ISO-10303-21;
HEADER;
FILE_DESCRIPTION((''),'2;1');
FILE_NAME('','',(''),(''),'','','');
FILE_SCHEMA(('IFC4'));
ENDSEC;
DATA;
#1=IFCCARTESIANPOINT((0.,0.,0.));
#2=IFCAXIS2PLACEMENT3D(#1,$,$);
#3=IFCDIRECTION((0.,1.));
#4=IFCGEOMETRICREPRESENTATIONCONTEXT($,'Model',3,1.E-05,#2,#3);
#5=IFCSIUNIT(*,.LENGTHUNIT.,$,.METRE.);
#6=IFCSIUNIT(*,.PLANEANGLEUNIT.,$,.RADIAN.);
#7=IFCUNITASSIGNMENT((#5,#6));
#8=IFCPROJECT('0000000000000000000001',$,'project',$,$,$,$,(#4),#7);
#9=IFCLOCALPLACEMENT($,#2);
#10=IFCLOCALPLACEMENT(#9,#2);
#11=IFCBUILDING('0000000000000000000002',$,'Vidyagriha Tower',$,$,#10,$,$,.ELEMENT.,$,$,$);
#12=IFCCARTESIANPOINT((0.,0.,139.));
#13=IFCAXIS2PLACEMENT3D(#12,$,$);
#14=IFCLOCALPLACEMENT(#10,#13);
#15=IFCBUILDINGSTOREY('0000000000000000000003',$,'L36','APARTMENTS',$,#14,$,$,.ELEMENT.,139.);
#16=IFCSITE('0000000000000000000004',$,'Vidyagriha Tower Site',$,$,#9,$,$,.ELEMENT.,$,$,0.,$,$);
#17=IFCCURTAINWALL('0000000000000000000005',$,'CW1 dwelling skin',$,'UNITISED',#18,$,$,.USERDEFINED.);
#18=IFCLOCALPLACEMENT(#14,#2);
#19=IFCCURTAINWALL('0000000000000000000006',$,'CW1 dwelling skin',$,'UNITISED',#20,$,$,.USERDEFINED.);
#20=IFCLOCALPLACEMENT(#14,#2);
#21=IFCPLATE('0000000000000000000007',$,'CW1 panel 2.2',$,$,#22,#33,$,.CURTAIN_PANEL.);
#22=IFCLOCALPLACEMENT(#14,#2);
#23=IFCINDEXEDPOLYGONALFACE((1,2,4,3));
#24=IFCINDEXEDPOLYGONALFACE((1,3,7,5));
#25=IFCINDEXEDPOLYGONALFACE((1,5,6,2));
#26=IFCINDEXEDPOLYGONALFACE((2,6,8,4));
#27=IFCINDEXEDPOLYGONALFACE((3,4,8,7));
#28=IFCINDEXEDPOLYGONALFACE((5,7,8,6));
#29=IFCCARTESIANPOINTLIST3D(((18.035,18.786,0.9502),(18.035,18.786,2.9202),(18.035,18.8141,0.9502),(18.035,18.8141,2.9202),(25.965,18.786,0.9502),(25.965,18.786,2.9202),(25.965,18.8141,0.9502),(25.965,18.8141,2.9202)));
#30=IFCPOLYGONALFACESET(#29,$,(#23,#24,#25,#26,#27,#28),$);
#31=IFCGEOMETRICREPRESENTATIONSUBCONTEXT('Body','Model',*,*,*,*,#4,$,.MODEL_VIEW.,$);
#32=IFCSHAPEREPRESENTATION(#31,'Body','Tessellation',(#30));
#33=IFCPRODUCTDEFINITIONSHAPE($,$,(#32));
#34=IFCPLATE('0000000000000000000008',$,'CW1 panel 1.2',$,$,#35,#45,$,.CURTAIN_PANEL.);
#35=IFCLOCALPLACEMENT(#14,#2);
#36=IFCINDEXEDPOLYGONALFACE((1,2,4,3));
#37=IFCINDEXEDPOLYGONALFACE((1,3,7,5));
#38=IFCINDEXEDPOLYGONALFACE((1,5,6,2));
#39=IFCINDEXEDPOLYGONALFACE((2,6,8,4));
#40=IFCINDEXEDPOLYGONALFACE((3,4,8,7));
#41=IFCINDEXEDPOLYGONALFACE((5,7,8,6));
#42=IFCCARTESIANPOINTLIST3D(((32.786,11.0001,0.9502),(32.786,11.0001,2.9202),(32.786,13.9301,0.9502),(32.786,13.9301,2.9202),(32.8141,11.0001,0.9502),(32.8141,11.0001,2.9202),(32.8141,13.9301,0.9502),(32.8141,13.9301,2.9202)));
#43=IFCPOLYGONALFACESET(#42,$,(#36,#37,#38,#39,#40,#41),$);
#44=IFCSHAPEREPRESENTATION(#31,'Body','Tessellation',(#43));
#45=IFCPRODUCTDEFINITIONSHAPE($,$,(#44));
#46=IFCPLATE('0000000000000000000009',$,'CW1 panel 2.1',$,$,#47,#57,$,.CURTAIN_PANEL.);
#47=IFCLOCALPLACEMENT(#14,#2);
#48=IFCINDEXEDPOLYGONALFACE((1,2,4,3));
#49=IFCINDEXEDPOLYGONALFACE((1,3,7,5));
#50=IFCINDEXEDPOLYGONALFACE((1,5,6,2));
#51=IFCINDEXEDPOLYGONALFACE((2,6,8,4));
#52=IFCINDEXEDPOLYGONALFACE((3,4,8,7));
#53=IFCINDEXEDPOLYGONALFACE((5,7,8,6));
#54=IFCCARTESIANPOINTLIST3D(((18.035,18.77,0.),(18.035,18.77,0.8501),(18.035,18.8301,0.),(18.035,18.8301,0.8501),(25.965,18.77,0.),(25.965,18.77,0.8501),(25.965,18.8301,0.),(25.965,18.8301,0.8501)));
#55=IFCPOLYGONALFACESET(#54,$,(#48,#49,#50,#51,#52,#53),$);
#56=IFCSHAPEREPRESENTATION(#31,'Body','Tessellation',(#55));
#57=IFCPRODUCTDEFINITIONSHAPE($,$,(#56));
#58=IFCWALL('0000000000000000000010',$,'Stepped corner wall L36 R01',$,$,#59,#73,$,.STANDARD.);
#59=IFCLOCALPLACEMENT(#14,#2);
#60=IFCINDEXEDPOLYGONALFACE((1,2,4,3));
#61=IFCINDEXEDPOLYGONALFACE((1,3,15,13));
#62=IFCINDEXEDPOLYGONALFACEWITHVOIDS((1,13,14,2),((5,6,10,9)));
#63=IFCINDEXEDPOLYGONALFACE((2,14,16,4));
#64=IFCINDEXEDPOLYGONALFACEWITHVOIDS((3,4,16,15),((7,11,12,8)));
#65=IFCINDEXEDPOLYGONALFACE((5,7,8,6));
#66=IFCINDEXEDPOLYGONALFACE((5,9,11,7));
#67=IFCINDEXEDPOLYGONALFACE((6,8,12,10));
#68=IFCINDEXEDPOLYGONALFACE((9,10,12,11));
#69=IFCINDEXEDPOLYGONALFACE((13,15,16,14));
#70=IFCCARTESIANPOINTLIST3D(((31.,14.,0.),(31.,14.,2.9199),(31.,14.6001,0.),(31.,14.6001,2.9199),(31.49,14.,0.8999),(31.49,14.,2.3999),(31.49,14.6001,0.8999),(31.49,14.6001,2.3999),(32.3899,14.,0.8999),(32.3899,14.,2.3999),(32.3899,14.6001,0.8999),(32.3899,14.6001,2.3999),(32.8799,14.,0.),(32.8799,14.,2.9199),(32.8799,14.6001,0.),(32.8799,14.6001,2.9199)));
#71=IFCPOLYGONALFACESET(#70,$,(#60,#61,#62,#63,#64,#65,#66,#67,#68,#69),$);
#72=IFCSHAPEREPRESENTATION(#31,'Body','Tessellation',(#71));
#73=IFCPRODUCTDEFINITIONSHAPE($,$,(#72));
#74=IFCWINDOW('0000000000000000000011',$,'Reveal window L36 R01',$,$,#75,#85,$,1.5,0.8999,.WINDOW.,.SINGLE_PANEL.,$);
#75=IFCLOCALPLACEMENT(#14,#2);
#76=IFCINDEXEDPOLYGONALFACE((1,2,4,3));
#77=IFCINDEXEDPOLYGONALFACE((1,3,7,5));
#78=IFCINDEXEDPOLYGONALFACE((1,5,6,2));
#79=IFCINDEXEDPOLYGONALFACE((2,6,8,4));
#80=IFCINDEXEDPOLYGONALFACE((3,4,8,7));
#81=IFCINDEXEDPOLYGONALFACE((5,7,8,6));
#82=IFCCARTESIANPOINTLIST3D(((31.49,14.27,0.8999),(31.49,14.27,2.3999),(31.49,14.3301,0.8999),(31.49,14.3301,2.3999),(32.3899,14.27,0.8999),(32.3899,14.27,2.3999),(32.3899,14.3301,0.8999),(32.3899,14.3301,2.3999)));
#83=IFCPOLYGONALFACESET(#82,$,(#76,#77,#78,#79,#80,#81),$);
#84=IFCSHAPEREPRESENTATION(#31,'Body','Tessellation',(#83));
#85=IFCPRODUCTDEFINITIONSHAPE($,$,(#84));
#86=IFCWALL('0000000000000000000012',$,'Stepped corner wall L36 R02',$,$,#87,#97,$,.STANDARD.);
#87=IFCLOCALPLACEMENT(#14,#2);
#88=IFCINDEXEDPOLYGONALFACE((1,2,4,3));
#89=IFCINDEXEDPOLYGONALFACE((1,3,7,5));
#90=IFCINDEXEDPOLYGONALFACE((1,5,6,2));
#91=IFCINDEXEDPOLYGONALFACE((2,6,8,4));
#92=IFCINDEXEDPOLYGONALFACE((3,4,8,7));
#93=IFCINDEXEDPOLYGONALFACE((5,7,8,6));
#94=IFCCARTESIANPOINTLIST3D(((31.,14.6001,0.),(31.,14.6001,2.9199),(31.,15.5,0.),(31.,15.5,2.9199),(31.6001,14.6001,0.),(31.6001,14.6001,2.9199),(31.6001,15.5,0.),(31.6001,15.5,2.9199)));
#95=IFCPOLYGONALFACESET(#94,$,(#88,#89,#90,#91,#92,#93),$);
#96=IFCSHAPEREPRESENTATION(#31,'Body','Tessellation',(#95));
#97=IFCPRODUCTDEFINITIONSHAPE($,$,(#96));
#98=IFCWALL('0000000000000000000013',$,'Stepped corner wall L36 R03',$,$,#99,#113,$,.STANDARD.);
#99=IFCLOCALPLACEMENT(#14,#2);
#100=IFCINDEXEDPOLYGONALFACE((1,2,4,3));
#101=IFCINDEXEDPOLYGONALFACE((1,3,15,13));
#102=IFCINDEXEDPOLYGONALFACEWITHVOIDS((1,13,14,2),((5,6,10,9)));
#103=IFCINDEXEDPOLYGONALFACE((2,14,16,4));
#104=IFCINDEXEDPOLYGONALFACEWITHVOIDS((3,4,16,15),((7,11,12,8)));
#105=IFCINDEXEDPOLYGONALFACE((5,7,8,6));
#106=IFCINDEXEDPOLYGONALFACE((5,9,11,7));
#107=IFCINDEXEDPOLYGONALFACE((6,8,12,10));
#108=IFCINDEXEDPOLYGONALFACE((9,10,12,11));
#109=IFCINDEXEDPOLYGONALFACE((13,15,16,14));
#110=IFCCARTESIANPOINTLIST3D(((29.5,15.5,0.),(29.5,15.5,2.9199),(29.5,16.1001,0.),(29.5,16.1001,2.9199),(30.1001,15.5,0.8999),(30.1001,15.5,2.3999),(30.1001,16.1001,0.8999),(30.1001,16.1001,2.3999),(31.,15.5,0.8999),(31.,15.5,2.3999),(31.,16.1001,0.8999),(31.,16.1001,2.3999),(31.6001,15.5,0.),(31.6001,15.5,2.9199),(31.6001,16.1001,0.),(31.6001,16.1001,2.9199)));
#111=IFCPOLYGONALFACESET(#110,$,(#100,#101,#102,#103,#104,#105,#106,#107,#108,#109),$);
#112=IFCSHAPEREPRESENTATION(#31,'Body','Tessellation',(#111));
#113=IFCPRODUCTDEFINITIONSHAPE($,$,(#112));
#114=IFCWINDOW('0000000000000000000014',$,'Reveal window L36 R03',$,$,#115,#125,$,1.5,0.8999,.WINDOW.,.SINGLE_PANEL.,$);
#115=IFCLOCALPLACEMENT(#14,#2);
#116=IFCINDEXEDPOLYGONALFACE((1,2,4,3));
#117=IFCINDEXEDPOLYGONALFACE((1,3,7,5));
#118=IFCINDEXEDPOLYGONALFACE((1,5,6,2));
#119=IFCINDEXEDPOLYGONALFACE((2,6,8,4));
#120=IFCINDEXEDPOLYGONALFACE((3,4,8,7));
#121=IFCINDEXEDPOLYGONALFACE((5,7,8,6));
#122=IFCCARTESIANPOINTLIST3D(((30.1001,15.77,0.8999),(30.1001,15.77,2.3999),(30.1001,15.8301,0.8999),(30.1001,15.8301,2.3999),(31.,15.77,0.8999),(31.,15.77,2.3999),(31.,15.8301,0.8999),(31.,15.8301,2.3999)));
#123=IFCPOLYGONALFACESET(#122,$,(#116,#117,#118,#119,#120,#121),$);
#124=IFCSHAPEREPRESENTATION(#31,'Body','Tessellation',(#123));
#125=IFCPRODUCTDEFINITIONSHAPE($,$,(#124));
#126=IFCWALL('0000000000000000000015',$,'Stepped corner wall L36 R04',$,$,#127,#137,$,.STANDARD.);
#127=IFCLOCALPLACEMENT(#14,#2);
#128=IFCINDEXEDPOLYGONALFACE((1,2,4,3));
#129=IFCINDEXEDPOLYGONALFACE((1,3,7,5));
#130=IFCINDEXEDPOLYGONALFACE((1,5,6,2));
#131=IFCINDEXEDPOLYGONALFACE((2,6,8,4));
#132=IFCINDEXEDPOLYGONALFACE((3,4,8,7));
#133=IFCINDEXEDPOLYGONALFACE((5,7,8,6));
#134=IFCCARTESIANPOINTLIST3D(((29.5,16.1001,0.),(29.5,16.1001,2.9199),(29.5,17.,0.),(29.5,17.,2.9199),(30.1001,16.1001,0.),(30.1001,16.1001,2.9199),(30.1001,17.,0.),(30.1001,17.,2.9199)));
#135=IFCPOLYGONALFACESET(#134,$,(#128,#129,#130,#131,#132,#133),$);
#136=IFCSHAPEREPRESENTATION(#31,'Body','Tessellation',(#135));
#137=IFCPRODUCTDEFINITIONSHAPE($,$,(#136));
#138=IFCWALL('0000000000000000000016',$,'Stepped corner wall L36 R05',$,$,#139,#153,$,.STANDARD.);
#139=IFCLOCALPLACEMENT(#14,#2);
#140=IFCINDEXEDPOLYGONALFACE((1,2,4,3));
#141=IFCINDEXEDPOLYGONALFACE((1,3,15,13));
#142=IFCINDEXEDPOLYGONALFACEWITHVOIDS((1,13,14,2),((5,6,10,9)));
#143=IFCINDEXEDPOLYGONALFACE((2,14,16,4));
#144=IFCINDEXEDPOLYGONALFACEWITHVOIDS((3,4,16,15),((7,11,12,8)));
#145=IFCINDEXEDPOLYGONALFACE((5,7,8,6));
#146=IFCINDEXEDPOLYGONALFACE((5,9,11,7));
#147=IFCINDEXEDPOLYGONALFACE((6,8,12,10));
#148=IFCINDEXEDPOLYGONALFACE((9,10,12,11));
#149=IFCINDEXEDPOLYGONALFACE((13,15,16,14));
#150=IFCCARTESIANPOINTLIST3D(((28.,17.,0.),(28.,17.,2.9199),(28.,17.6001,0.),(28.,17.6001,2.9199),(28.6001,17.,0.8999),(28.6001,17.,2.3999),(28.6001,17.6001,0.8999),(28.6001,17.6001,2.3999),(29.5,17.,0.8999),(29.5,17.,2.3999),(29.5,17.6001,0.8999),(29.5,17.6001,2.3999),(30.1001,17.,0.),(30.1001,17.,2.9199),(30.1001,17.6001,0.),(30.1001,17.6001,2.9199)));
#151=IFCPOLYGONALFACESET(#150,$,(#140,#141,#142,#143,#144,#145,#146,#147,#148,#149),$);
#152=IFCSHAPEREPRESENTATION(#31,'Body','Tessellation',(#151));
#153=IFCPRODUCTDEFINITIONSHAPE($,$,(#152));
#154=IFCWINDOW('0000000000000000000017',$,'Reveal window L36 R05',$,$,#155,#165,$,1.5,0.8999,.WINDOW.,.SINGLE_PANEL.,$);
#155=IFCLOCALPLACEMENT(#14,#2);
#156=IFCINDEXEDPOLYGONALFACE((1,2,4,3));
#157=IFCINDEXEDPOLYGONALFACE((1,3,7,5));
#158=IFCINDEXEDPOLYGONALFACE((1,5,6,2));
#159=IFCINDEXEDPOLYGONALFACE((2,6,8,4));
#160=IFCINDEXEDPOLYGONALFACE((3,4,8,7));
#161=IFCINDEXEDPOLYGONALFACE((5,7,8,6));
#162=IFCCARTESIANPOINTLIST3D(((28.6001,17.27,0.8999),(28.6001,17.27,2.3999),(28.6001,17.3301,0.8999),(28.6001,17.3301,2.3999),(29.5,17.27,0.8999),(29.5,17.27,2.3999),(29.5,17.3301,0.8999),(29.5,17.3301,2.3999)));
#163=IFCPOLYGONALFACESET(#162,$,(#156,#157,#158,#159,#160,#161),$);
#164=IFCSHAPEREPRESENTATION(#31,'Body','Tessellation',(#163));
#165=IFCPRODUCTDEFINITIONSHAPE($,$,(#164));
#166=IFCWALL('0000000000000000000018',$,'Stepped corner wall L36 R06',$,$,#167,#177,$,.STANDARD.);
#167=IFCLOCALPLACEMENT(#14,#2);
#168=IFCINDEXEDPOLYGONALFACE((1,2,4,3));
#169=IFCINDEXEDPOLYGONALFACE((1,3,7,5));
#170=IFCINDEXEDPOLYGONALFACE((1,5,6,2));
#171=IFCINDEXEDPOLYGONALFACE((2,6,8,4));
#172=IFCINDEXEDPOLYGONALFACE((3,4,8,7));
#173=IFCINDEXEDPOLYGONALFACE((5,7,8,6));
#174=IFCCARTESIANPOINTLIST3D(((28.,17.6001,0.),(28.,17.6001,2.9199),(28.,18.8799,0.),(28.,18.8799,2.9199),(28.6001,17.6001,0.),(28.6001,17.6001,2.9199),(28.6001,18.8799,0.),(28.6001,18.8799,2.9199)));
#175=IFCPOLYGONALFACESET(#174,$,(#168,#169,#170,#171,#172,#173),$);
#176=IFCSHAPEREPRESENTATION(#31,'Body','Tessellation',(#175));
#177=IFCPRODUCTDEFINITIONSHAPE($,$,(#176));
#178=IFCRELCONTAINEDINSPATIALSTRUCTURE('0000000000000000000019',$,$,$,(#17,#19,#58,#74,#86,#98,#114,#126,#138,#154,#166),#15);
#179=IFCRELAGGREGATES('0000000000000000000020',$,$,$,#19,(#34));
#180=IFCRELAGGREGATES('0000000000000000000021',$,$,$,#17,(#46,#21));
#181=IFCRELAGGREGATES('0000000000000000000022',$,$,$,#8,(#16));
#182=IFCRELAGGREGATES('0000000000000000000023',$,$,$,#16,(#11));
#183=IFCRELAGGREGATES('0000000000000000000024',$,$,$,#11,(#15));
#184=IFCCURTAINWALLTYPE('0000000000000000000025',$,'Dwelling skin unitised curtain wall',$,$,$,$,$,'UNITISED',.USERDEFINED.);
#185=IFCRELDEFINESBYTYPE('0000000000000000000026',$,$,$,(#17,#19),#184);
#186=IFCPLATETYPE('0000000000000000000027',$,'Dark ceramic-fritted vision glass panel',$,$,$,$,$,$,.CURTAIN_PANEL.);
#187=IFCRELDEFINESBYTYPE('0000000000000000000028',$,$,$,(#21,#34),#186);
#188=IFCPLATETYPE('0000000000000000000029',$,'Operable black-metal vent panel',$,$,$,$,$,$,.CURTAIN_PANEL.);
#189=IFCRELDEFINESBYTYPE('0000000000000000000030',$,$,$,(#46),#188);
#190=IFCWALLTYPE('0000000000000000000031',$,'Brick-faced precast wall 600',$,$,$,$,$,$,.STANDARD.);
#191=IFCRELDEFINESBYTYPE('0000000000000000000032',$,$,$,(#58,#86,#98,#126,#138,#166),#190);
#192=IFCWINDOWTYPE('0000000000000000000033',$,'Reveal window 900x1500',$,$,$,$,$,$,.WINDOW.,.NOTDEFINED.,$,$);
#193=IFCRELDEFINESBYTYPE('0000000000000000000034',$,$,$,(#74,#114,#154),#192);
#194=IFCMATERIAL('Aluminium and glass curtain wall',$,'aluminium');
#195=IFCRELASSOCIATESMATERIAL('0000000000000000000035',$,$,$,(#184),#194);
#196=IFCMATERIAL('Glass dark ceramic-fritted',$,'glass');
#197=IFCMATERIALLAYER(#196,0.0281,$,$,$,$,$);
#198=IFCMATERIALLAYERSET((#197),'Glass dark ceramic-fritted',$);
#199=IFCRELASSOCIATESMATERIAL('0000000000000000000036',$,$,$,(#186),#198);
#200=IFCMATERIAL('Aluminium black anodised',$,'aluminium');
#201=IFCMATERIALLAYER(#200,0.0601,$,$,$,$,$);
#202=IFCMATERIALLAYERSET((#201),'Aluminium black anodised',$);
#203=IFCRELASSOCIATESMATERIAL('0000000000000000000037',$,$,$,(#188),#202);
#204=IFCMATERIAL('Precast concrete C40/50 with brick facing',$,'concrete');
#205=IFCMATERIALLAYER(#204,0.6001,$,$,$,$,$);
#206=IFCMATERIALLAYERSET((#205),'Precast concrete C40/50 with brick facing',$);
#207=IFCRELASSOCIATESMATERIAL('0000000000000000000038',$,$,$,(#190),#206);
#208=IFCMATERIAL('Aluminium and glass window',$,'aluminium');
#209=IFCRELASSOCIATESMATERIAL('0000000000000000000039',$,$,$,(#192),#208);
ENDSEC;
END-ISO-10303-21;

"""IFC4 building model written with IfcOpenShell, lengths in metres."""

from ifc_helpers import new_model, si_unit, direction, frame, frame_2d, origin, origin_2d, place, context, subcontext, project, spatial, rectangle, extrude, material, layer, layer_set, type_object, element, fill, aggregate, save


model = new_model("IFC4")

# Units and contexts
model_context = context("Model", 3, precision=1e-05, world=origin(), true_north=direction((0.0, 1.0)))
body_context = subcontext(model_context, "Body", "Model", "MODEL_VIEW")
ifc_project = project(units=[si_unit("LENGTHUNIT", "METRE"), si_unit("PLANEANGLEUNIT", "RADIAN")], contexts=[model_context])

# Site, building, storey
site_placement = place(None, origin())
site = spatial("IfcSite", under=ifc_project, at=site_placement, Name="Vidyagriha Tower Site", CompositionType="ELEMENT", RefElevation=0.0)
building_placement = place(site_placement, origin())
building = spatial("IfcBuilding", under=site, at=building_placement, Name="Vidyagriha Tower", CompositionType="ELEMENT")
storey_placement = place(building_placement, frame((0.0, 0.0, 139.0)))
storey = spatial("IfcBuildingStorey", under=building, at=storey_placement, Name="L36", Description="APARTMENTS", CompositionType="ELEMENT", Elevation=139.0)

# Curtain wall
ifc_material_1 = material(Name="Aluminium and glass curtain wall", Category="aluminium")
curtain_wall_type = type_object("IfcCurtainWallType", Name="Dwelling skin unitised curtain wall", ElementType="UNITISED", PredefinedType="USERDEFINED", material=ifc_material_1)
curtain_wall_1_placement = place(storey_placement, origin())
curtain_wall_1 = element("IfcCurtainWall", 1, at=curtain_wall_1_placement, inside=storey, type_object=curtain_wall_type, Name="CW1 dwelling skin", ObjectType="UNITISED", PredefinedType="USERDEFINED")

# Curtain wall
curtain_wall_2_placement = place(storey_placement, origin())
curtain_wall_2 = element("IfcCurtainWall", 2, at=curtain_wall_2_placement, inside=storey, type_object=curtain_wall_type, Name="CW1 dwelling skin", ObjectType="UNITISED", PredefinedType="USERDEFINED")

# Plates
ifc_material_2 = material(Name="Glass dark ceramic-fritted", Category="glass")
ifc_layer_1 = layer(ifc_material_2, 0.0281)
ifc_layer_set_1 = layer_set([ifc_layer_1], Name="Glass dark ceramic-fritted")
plate_type_1 = type_object("IfcPlateType", Name="Dark ceramic-fritted vision glass panel", PredefinedType="CURTAIN_PANEL", material=ifc_layer_set_1)
plate_1_placement = place(storey_placement, frame((22.0, 18.8, 0.9502), z_axis=(0.0, 0.0, 1.0), x_axis=(-1.0, 0.0, 0.0)))
plate_1 = element("IfcPlate", 3, at=plate_1_placement, type_object=plate_type_1, Name="CW1 panel 2.2", PredefinedType="CURTAIN_PANEL", context=body_context, shape_type="SweptSolid", body=[
    extrude(rectangle(XDim=7.9299, YDim=0.0281, at=origin_2d()), origin(), (0.0, 0.0, 1.0), 1.97),
])
plate_2_placement = place(storey_placement, frame((32.8, 12.4651, 0.9502), z_axis=(0.0, 0.0, 1.0), x_axis=(0.0, 1.0, 0.0)))
plate_2 = element("IfcPlate", 4, at=plate_2_placement, type_object=plate_type_1, Name="CW1 panel 1.2", PredefinedType="CURTAIN_PANEL", context=body_context, shape_type="SweptSolid", body=[
    extrude(rectangle(XDim=2.9299, YDim=0.0281, at=origin_2d()), origin(), (0.0, 0.0, 1.0), 1.97),
])
aggregate(curtain_wall_2, [plate_2])
ifc_material_3 = material(Name="Aluminium black anodised", Category="aluminium")
ifc_layer_2 = layer(ifc_material_3, 0.0601)
ifc_layer_set_2 = layer_set([ifc_layer_2], Name="Aluminium black anodised")
plate_type_2 = type_object("IfcPlateType", Name="Operable black-metal vent panel", PredefinedType="CURTAIN_PANEL", material=ifc_layer_set_2)
plate_3_placement = place(storey_placement, frame((22.0, 18.8, 0.0), z_axis=(0.0, 0.0, 1.0), x_axis=(-1.0, 0.0, 0.0)))
plate_3 = element("IfcPlate", 5, at=plate_3_placement, type_object=plate_type_2, Name="CW1 panel 2.1", PredefinedType="CURTAIN_PANEL", context=body_context, shape_type="SweptSolid", body=[
    extrude(rectangle(XDim=7.9299, YDim=0.0601, at=origin_2d()), origin(), (0.0, 0.0, 1.0), 0.8501),
])
aggregate(curtain_wall_1, [plate_3, plate_1])

# Wall, opening, window
ifc_material_4 = material(Name="Precast concrete C40/50 with brick facing", Category="concrete")
ifc_layer_3 = layer(ifc_material_4, 0.6001)
ifc_layer_set_3 = layer_set([ifc_layer_3], Name="Precast concrete C40/50 with brick facing")
wall_type_1 = type_object("IfcWallType", Name="Brick-faced precast wall 600", PredefinedType="STANDARD", material=ifc_layer_set_3)
wall_1_placement = place(storey_placement, frame((32.8799, 14.3, 0.0), z_axis=(0.0, 0.0, 1.0), x_axis=(-1.0, 0.0, 0.0)))
wall_1 = element("IfcWall", 6, at=wall_1_placement, inside=storey, type_object=wall_type_1, Name="Stepped corner wall L36 R01", PredefinedType="STANDARD", context=body_context, shape_type="SweptSolid", body=[
    extrude(rectangle(XDim=1.8799, YDim=0.6001, at=frame_2d((0.9399, 0.0))), origin(), (0.0, 0.0, 1.0), 2.9199),
])
opening_1_placement = place(wall_1_placement, frame((0.49, 0.0, 0.8999)))
opening_1 = element("IfcOpeningElement", 7, at=opening_1_placement, cuts=wall_1, PredefinedType="OPENING", context=body_context, shape_type="SweptSolid", body=[
    extrude(rectangle(XDim=0.8999, YDim=1.5, at=frame_2d((0.45, 0.75))), frame((0.0, 0.3101, 0.0), z_axis=(0.0, -1.0, 0.0), x_axis=(1.0, 0.0, 0.0)), (0.0, 0.0, 1.0), 0.6201),
])
ifc_material_5 = material(Name="Aluminium and glass window", Category="aluminium")
window_type = type_object("IfcWindowType", Name="Reveal window 900x1500", PartitioningType="NOTDEFINED", PredefinedType="WINDOW", material=ifc_material_5)
window_1_placement = place(opening_1_placement, origin())
window_1 = element("IfcWindow", 8, at=window_1_placement, inside=storey, type_object=window_type, Name="Reveal window L36 R01", OverallHeight=1.5, OverallWidth=0.8999, PartitioningType="SINGLE_PANEL", PredefinedType="WINDOW", context=body_context, shape_type="SweptSolid", body=[
    extrude(rectangle(XDim=0.8999, YDim=1.5, at=frame_2d((0.45, 0.75))), frame((0.0, 0.03, 0.0), z_axis=(0.0, -1.0, 0.0), x_axis=(1.0, 0.0, 0.0)), (0.0, 0.0, 1.0), 0.0601),
])
fill(opening_1, window_1)

# Wall
wall_2_placement = place(storey_placement, frame((31.3, 14.6001, 0.0), z_axis=(0.0, 0.0, 1.0), x_axis=(0.0, 1.0, 0.0)))
element("IfcWall", 9, at=wall_2_placement, inside=storey, type_object=wall_type_1, Name="Stepped corner wall L36 R02", PredefinedType="STANDARD", context=body_context, shape_type="SweptSolid", body=[
    extrude(rectangle(XDim=0.8999, YDim=0.6001, at=frame_2d((0.45, 0.0))), origin(), (0.0, 0.0, 1.0), 2.9199),
])

# Wall, opening, window
wall_3_placement = place(storey_placement, frame((31.6001, 15.8, 0.0), z_axis=(0.0, 0.0, 1.0), x_axis=(-1.0, 0.0, 0.0)))
wall_3 = element("IfcWall", 10, at=wall_3_placement, inside=storey, type_object=wall_type_1, Name="Stepped corner wall L36 R03", PredefinedType="STANDARD", context=body_context, shape_type="SweptSolid", body=[
    extrude(rectangle(XDim=2.1001, YDim=0.6001, at=frame_2d((1.05, 0.0))), origin(), (0.0, 0.0, 1.0), 2.9199),
])
opening_2_placement = place(wall_3_placement, frame((0.6001, 0.0, 0.8999)))
opening_2 = element("IfcOpeningElement", 11, at=opening_2_placement, cuts=wall_3, PredefinedType="OPENING", context=body_context, shape_type="SweptSolid", body=[
    extrude(rectangle(XDim=0.8999, YDim=1.5, at=frame_2d((0.45, 0.75))), frame((0.0, 0.3101, 0.0), z_axis=(0.0, -1.0, 0.0), x_axis=(1.0, 0.0, 0.0)), (0.0, 0.0, 1.0), 0.6201),
])
window_2_placement = place(opening_2_placement, origin())
window_2 = element("IfcWindow", 12, at=window_2_placement, inside=storey, type_object=window_type, Name="Reveal window L36 R03", OverallHeight=1.5, OverallWidth=0.8999, PartitioningType="SINGLE_PANEL", PredefinedType="WINDOW", context=body_context, shape_type="SweptSolid", body=[
    extrude(rectangle(XDim=0.8999, YDim=1.5, at=frame_2d((0.45, 0.75))), frame((0.0, 0.03, 0.0), z_axis=(0.0, -1.0, 0.0), x_axis=(1.0, 0.0, 0.0)), (0.0, 0.0, 1.0), 0.0601),
])
fill(opening_2, window_2)

# Wall
wall_4_placement = place(storey_placement, frame((29.8, 16.1001, 0.0), z_axis=(0.0, 0.0, 1.0), x_axis=(0.0, 1.0, 0.0)))
element("IfcWall", 13, at=wall_4_placement, inside=storey, type_object=wall_type_1, Name="Stepped corner wall L36 R04", PredefinedType="STANDARD", context=body_context, shape_type="SweptSolid", body=[
    extrude(rectangle(XDim=0.8999, YDim=0.6001, at=frame_2d((0.45, 0.0))), origin(), (0.0, 0.0, 1.0), 2.9199),
])

# Wall, opening, window
wall_5_placement = place(storey_placement, frame((30.1001, 17.3, 0.0), z_axis=(0.0, 0.0, 1.0), x_axis=(-1.0, 0.0, 0.0)))
wall_5 = element("IfcWall", 14, at=wall_5_placement, inside=storey, type_object=wall_type_1, Name="Stepped corner wall L36 R05", PredefinedType="STANDARD", context=body_context, shape_type="SweptSolid", body=[
    extrude(rectangle(XDim=2.1001, YDim=0.6001, at=frame_2d((1.05, 0.0))), origin(), (0.0, 0.0, 1.0), 2.9199),
])
opening_3_placement = place(wall_5_placement, frame((0.6001, 0.0, 0.8999)))
opening_3 = element("IfcOpeningElement", 15, at=opening_3_placement, cuts=wall_5, PredefinedType="OPENING", context=body_context, shape_type="SweptSolid", body=[
    extrude(rectangle(XDim=0.8999, YDim=1.5, at=frame_2d((0.45, 0.75))), frame((0.0, 0.3101, 0.0), z_axis=(0.0, -1.0, 0.0), x_axis=(1.0, 0.0, 0.0)), (0.0, 0.0, 1.0), 0.6201),
])
window_3_placement = place(opening_3_placement, origin())
window_3 = element("IfcWindow", 16, at=window_3_placement, inside=storey, type_object=window_type, Name="Reveal window L36 R05", OverallHeight=1.5, OverallWidth=0.8999, PartitioningType="SINGLE_PANEL", PredefinedType="WINDOW", context=body_context, shape_type="SweptSolid", body=[
    extrude(rectangle(XDim=0.8999, YDim=1.5, at=frame_2d((0.45, 0.75))), frame((0.0, 0.03, 0.0), z_axis=(0.0, -1.0, 0.0), x_axis=(1.0, 0.0, 0.0)), (0.0, 0.0, 1.0), 0.0601),
])
fill(opening_3, window_3)

# Wall
wall_6_placement = place(storey_placement, frame((28.3, 17.6001, 0.0), z_axis=(0.0, 0.0, 1.0), x_axis=(0.0, 1.0, 0.0)))
element("IfcWall", 17, at=wall_6_placement, inside=storey, type_object=wall_type_1, Name="Stepped corner wall L36 R06", PredefinedType="STANDARD", context=body_context, shape_type="SweptSolid", body=[
    extrude(rectangle(XDim=1.2798, YDim=0.6001, at=frame_2d((0.6399, 0.0))), origin(), (0.0, 0.0, 1.0), 2.9199),
])

save(model, "model.ifc")
